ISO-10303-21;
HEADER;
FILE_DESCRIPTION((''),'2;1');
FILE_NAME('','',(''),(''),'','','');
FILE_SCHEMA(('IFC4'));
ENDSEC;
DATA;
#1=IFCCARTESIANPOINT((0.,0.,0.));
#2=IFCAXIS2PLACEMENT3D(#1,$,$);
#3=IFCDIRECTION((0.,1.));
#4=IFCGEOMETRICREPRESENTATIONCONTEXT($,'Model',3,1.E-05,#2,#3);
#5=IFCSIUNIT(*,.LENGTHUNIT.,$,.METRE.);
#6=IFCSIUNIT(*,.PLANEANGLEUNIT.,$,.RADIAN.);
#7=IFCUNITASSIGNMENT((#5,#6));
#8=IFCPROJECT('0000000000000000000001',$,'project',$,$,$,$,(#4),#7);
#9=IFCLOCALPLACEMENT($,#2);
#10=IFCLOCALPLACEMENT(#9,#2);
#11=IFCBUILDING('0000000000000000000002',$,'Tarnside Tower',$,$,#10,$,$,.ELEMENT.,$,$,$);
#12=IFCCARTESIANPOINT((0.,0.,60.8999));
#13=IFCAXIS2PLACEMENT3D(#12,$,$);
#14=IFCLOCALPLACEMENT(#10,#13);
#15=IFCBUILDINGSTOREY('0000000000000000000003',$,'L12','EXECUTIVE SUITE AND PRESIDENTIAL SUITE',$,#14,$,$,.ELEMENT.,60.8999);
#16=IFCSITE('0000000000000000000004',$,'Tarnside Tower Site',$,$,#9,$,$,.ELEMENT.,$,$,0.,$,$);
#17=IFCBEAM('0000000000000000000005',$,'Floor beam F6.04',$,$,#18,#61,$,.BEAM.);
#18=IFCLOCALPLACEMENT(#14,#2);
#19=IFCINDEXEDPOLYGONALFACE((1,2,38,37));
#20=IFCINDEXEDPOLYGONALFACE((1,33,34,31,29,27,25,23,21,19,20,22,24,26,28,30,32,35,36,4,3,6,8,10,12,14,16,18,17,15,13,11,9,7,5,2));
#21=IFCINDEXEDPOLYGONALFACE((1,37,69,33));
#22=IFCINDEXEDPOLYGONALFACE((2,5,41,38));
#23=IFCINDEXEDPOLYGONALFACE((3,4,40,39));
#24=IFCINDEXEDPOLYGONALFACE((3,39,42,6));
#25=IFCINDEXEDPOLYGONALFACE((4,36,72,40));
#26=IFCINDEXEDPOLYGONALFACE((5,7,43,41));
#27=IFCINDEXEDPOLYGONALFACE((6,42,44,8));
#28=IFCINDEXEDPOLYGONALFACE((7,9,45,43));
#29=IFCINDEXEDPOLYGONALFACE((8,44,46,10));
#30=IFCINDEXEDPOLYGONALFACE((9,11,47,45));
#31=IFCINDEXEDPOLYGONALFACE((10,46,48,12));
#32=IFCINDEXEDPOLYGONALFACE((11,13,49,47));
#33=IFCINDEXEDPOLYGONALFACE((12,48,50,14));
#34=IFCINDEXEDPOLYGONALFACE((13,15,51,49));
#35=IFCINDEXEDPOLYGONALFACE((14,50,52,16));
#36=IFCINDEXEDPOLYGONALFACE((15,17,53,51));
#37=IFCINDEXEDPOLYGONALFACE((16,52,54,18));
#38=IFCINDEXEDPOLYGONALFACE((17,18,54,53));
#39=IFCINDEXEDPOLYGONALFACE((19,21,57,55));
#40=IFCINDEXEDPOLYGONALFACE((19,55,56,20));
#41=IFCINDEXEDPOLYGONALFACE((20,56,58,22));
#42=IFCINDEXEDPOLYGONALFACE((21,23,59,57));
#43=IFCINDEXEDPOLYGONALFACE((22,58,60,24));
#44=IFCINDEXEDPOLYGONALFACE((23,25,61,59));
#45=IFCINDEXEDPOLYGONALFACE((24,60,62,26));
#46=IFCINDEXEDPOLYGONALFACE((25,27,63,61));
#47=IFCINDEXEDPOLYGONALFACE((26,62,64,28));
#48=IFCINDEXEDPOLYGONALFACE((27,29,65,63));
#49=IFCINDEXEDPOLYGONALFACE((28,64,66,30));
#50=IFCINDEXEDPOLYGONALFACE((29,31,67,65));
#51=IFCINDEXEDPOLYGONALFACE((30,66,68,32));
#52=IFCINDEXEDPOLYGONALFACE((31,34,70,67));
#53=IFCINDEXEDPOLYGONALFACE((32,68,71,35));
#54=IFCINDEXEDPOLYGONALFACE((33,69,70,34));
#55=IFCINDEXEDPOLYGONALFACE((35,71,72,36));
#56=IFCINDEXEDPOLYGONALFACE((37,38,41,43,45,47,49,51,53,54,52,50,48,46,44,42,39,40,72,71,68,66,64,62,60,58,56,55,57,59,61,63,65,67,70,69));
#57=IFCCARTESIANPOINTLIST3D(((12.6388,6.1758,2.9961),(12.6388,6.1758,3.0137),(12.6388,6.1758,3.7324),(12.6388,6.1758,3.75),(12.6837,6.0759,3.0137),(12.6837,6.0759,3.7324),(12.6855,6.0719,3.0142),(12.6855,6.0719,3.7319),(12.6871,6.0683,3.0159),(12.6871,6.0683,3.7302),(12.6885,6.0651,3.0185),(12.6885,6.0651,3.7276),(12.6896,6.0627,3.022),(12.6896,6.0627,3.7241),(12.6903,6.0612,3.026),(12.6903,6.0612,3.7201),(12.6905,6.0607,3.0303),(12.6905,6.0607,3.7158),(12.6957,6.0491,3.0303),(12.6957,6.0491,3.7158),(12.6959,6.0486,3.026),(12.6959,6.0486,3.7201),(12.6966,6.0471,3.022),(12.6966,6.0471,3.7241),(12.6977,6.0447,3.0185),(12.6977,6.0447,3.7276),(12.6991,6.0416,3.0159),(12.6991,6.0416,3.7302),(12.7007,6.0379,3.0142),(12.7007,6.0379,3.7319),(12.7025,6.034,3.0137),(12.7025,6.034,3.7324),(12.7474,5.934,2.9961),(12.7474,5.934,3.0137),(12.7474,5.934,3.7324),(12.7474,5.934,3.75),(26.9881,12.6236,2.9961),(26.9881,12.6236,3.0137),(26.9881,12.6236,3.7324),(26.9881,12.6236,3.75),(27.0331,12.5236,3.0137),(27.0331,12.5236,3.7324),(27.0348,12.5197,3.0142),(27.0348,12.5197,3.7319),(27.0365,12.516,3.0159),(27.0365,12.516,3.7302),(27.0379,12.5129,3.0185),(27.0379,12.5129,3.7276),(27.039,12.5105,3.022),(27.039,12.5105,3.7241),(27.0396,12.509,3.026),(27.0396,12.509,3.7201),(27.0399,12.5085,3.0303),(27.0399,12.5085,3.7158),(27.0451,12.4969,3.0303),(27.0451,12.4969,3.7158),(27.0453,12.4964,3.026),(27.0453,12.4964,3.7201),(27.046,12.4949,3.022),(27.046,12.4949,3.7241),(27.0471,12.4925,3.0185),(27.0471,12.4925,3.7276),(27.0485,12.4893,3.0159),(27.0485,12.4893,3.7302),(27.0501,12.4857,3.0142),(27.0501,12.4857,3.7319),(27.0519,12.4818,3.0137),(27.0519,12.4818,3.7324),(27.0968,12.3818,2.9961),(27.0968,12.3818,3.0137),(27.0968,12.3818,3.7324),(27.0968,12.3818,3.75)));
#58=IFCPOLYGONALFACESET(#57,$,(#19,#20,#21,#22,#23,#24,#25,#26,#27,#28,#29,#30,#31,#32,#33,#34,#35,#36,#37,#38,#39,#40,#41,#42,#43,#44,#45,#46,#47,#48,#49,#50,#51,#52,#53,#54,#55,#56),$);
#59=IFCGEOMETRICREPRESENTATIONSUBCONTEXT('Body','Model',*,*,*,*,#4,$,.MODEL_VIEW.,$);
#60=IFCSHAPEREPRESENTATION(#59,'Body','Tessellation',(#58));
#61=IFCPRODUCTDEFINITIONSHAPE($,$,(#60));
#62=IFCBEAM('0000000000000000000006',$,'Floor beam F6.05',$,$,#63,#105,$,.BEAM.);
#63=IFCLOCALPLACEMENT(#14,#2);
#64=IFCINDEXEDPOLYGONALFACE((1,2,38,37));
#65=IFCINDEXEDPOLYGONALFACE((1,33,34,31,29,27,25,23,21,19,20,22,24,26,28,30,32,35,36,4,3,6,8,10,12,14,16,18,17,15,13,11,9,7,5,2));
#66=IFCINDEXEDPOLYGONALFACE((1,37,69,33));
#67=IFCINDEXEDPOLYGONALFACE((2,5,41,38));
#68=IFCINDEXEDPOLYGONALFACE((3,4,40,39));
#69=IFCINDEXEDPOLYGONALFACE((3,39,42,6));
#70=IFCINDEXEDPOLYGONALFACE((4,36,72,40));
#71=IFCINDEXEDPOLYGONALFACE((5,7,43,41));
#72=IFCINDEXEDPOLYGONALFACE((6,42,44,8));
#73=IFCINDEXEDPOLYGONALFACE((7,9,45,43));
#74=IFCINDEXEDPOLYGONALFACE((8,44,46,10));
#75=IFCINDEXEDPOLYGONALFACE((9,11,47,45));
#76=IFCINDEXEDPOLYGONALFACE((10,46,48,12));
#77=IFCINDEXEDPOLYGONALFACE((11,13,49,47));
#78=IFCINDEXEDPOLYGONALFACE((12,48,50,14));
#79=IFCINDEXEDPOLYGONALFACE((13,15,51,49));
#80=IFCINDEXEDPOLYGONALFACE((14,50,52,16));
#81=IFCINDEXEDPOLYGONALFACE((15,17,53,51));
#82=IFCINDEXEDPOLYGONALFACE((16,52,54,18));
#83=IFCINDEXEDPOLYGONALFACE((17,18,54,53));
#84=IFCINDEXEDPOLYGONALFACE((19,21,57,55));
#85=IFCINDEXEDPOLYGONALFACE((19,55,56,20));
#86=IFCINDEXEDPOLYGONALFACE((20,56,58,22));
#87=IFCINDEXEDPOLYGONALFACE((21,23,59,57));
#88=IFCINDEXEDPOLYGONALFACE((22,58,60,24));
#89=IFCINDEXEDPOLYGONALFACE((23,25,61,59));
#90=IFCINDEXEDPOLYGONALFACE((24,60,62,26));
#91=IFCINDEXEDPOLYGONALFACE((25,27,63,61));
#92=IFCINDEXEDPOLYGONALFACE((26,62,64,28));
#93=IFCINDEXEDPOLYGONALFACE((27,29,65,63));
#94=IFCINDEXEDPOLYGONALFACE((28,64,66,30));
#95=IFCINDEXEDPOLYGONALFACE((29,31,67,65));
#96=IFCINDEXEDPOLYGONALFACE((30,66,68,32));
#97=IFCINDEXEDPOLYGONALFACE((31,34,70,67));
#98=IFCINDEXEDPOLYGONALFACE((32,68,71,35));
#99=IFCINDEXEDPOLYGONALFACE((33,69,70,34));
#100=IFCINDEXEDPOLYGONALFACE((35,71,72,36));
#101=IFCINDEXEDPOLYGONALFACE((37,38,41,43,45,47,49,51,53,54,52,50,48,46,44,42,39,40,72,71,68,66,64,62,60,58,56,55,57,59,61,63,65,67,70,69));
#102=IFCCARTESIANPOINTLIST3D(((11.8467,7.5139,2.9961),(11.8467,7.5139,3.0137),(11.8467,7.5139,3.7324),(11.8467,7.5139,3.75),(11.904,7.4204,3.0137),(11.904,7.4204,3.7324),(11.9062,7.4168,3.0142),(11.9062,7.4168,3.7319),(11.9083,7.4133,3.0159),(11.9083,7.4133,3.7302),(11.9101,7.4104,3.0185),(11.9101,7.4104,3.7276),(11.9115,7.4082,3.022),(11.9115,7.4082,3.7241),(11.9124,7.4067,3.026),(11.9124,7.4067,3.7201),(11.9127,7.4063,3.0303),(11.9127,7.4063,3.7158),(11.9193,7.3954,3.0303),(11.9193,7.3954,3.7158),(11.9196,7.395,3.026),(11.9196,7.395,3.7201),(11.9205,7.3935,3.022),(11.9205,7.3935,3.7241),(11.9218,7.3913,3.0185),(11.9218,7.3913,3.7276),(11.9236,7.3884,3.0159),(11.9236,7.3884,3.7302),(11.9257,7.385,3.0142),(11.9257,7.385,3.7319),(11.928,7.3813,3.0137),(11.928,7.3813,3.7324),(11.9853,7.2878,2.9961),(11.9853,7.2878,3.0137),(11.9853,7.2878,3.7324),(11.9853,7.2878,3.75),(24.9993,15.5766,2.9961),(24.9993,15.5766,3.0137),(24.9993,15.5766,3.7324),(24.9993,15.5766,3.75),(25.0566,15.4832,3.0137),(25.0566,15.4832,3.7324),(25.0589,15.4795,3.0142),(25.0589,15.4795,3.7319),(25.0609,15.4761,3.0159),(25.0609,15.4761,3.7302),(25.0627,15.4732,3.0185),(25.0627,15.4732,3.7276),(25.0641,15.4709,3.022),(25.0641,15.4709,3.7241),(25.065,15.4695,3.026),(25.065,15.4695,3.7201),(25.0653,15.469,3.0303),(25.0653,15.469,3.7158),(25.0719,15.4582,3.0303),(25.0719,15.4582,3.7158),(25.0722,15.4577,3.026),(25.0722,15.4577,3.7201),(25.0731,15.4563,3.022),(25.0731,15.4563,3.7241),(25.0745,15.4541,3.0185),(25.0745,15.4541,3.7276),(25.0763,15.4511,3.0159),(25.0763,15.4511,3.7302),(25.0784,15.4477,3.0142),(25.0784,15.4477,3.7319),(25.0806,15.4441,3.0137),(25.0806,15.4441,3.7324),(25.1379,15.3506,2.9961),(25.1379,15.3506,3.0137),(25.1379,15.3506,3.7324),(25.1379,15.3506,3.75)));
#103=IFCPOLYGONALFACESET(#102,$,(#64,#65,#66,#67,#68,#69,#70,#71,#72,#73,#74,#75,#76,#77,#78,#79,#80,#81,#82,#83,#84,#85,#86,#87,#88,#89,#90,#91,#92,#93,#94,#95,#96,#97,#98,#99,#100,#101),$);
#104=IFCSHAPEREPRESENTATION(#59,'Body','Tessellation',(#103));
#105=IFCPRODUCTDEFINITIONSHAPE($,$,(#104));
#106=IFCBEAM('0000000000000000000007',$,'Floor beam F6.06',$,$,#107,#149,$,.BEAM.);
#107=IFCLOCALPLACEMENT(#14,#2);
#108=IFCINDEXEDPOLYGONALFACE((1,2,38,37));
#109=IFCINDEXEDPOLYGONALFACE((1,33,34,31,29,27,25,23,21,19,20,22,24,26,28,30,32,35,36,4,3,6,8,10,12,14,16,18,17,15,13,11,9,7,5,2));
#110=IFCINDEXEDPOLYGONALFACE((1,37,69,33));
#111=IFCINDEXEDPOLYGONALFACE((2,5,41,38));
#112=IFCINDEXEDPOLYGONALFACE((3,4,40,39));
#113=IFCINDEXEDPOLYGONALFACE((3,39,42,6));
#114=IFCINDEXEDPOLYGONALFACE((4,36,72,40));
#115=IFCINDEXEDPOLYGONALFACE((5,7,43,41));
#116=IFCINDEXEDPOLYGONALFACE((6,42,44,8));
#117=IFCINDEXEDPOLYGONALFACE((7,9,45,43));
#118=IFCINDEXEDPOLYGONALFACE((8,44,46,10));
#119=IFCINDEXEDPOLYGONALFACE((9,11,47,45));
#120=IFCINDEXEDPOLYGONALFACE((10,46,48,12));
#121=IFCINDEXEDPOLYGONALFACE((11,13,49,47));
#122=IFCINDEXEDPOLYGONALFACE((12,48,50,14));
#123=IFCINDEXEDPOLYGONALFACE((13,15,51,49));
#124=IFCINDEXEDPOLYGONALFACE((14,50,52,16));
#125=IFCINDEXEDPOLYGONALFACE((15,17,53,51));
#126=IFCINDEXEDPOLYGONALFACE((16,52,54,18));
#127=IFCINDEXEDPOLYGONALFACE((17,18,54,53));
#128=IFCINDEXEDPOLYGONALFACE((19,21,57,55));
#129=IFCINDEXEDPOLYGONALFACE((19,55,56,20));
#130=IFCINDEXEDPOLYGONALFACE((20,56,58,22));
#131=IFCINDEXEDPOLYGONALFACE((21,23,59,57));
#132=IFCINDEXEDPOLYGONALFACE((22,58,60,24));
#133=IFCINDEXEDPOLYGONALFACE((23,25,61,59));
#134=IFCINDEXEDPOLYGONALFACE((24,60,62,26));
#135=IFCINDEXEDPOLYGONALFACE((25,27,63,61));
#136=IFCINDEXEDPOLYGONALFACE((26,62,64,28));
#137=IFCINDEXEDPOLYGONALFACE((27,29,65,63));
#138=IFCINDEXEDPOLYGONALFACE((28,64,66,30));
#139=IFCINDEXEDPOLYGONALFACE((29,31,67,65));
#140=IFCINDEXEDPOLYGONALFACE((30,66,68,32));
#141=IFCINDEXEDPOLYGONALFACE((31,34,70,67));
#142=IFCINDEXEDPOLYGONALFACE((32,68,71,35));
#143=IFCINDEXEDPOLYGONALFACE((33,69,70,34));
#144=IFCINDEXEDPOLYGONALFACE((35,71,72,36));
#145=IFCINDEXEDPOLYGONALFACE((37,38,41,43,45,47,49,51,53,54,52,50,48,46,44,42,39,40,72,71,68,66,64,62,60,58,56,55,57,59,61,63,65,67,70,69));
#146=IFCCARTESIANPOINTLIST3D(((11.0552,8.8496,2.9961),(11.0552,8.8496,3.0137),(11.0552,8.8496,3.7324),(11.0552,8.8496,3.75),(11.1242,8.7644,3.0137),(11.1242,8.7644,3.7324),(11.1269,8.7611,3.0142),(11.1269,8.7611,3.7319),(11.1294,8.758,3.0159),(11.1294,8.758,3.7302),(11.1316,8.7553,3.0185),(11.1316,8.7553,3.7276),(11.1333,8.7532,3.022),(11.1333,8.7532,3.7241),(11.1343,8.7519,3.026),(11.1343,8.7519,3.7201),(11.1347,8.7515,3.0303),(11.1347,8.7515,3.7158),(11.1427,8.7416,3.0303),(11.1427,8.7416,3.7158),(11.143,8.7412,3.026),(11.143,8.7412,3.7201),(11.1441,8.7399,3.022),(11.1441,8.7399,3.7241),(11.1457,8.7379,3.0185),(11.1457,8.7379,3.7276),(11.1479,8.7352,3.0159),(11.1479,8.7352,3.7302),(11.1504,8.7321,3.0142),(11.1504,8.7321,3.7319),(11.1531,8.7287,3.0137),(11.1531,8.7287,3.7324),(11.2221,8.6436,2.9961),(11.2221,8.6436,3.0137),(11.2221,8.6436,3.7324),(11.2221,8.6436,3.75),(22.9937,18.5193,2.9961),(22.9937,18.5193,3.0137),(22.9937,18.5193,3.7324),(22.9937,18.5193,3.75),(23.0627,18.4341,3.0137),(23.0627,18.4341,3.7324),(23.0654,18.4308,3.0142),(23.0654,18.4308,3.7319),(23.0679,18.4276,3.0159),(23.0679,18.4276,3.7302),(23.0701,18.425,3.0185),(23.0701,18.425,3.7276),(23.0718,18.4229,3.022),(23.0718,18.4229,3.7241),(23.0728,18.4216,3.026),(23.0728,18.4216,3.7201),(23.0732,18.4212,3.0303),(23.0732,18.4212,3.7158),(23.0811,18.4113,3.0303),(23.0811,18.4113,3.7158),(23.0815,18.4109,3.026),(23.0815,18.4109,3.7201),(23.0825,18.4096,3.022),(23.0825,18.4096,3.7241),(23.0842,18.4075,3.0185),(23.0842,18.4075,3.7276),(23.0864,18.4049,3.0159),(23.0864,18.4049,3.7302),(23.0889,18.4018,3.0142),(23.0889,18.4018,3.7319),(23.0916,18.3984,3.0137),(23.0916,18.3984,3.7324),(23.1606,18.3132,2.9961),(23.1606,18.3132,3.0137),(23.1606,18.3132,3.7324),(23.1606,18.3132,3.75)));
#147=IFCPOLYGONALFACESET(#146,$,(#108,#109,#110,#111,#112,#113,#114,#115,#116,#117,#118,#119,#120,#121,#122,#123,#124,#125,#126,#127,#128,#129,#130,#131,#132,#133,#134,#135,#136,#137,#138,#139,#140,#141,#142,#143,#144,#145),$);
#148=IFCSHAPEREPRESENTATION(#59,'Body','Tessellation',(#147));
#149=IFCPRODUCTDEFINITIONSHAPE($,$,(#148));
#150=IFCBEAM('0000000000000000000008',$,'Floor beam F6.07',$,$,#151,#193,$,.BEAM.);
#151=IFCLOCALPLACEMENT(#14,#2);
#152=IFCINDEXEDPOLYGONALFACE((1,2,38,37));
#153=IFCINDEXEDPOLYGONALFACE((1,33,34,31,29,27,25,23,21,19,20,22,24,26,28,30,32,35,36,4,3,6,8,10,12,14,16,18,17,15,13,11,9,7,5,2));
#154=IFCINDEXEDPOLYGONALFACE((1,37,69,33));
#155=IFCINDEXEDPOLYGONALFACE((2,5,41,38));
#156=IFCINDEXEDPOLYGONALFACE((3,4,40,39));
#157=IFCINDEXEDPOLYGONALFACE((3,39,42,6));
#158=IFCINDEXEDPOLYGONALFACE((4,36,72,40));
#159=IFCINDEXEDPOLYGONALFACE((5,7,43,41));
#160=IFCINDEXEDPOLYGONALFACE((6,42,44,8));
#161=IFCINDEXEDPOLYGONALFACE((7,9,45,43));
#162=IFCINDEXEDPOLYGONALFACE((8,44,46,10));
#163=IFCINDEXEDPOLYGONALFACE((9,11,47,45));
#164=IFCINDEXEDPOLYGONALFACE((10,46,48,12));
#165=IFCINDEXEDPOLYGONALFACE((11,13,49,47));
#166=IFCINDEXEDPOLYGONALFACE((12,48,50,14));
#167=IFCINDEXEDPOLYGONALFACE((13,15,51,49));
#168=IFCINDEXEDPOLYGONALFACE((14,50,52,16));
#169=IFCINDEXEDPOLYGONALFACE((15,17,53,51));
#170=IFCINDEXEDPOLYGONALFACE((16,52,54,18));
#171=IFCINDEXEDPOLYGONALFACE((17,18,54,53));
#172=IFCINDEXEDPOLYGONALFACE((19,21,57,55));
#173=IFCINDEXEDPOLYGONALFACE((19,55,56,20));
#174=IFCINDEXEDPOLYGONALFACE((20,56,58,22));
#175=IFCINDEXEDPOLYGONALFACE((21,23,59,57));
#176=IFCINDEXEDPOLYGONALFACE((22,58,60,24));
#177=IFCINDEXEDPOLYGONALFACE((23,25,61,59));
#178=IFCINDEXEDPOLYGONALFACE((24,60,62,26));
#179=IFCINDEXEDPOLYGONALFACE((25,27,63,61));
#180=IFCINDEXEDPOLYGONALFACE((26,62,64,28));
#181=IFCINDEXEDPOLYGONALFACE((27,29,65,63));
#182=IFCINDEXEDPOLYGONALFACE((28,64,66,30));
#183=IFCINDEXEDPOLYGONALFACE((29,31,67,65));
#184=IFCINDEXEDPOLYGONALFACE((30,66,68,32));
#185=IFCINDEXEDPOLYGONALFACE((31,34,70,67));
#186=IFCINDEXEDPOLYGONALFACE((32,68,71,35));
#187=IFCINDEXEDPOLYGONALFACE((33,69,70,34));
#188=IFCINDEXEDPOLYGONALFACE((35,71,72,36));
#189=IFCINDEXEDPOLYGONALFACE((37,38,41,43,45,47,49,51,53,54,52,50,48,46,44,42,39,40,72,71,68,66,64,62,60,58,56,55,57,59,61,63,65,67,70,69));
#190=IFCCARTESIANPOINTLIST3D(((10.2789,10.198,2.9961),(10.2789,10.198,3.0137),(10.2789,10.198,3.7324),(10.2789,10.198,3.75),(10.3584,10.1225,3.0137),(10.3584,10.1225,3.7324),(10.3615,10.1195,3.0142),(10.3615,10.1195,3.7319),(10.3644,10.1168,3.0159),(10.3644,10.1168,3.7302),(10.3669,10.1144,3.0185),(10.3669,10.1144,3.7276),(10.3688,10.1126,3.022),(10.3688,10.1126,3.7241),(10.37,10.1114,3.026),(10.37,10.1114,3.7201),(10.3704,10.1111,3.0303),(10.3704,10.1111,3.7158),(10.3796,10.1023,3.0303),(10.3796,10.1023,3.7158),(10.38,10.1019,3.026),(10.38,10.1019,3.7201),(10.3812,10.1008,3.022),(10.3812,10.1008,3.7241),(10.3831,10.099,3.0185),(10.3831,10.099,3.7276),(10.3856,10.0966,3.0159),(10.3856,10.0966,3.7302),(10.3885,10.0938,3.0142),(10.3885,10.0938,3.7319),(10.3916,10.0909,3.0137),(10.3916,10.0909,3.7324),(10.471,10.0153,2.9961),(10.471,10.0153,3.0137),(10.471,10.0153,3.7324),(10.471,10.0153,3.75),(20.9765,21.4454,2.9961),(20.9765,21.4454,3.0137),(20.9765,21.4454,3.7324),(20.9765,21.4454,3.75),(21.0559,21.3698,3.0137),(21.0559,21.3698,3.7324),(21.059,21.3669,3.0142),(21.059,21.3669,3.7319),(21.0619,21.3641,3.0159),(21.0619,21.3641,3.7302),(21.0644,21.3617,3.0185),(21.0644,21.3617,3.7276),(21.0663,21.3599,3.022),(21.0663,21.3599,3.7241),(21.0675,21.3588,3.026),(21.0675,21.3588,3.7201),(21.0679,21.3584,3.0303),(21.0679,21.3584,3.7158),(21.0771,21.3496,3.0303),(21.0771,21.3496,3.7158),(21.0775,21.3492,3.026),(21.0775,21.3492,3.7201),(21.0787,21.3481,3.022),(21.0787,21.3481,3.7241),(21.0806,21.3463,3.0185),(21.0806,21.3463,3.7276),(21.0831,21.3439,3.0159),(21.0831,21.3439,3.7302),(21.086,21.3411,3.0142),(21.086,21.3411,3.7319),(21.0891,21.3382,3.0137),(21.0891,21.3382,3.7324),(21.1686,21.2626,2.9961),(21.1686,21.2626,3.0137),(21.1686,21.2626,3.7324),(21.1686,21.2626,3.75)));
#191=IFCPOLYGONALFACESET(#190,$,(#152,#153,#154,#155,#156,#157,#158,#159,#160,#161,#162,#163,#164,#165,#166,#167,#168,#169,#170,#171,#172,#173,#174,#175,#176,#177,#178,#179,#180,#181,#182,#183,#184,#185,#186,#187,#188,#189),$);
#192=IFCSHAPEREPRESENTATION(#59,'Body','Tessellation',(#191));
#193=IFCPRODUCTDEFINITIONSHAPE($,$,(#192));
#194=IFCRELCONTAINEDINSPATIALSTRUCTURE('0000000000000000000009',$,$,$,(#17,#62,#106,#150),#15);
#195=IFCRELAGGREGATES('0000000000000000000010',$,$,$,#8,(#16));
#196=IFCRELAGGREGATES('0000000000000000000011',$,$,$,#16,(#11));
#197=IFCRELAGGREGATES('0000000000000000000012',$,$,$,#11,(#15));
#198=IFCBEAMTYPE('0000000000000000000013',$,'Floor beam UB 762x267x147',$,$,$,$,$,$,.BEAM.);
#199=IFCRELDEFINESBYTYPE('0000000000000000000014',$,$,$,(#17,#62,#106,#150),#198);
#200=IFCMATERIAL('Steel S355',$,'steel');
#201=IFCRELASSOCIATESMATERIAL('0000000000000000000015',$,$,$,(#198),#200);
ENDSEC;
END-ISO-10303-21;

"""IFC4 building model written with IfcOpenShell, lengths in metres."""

from ifc_helpers import new_model, si_unit, direction, frame, origin, origin_2d, place, context, subcontext, project, spatial, i_section, extrude, material, material_profile, profile_set, type_object, element, save


model = new_model("IFC4")

# Units and contexts
model_context = context("Model", 3, precision=1e-05, world=origin(), true_north=direction((0.0, 1.0)))
body_context = subcontext(model_context, "Body", "Model", "MODEL_VIEW")
ifc_project = project(units=[si_unit("LENGTHUNIT", "METRE"), si_unit("PLANEANGLEUNIT", "RADIAN")], contexts=[model_context])

# Site, building, storey
site_placement = place(None, origin())
site = spatial("IfcSite", under=ifc_project, at=site_placement, Name="Tarnside Tower Site", CompositionType="ELEMENT", RefElevation=0.0)
building_placement = place(site_placement, origin())
building = spatial("IfcBuilding", under=site, at=building_placement, Name="Tarnside Tower", CompositionType="ELEMENT")
storey_placement = place(building_placement, frame((0.0, 0.0, 60.8999)))
storey = spatial("IfcBuildingStorey", under=building, at=storey_placement, Name="L12", Description="EXECUTIVE SUITE AND PRESIDENTIAL SUITE", CompositionType="ELEMENT", Elevation=60.8999)

# Beams
ifc_material_1 = material(Name="Steel S355", Category="steel")
ifc_material_profile_1 = material_profile(ifc_material_1, i_section(OverallWidth=0.2651, OverallDepth=0.7539, WebThickness=0.0127, FlangeThickness=0.0176, FilletRadius=0.0166, at=origin_2d()), Name="UB 762x267x147")
ifc_profile_set_1 = profile_set([ifc_material_profile_1], Name="Steel S355")
beam_type_1 = type_object("IfcBeamType", Name="Floor beam UB 762x267x147", PredefinedType="BEAM", material=ifc_profile_set_1)
beam_1_placement = place(storey_placement, frame((27.0425, 12.5027, 3.373), z_axis=(-0.912146, -0.409865, 0.0), x_axis=(0.409865, -0.912146, 0.0)))
element("IfcBeam", 1, at=beam_1_placement, inside=storey, type_object=beam_type_1, Name="Floor beam F6.04", PredefinedType="BEAM", context=body_context, shape_type="SweptSolid", body=[
    extrude(i_section(OverallWidth=0.2651, OverallDepth=0.7539, WebThickness=0.0127, FlangeThickness=0.0176, FilletRadius=0.0166, at=origin_2d()), origin(), (0.0, 0.0, 1.0), 15.7314),
])
beam_2_placement = place(storey_placement, frame((25.0686, 15.4636, 3.373), z_axis=(-0.852558, -0.522632, 0.0), x_axis=(0.522632, -0.852558, 0.0)))
element("IfcBeam", 2, at=beam_2_placement, inside=storey, type_object=beam_type_1, Name="Floor beam F6.05", PredefinedType="BEAM", context=body_context, shape_type="SweptSolid", body=[
    extrude(i_section(OverallWidth=0.2651, OverallDepth=0.7539, WebThickness=0.0127, FlangeThickness=0.0176, FilletRadius=0.0166, at=origin_2d()), origin(), (0.0, 0.0, 1.0), 15.4272),
])
beam_3_placement = place(storey_placement, frame((23.0771, 18.4163, 3.373), z_axis=(-0.777079, -0.629403, 0.0), x_axis=(0.629403, -0.777079, 0.0)))
element("IfcBeam", 3, at=beam_3_placement, inside=storey, type_object=beam_type_1, Name="Floor beam F6.06", PredefinedType="BEAM", context=body_context, shape_type="SweptSolid", body=[
    extrude(i_section(OverallWidth=0.2651, OverallDepth=0.7539, WebThickness=0.0127, FlangeThickness=0.0176, FilletRadius=0.0166, at=origin_2d()), origin(), (0.0, 0.0, 1.0), 15.3633),
])
beam_4_placement = place(storey_placement, frame((21.0725, 21.354, 3.373), z_axis=(-0.689175, -0.724595, 0.0), x_axis=(0.724595, -0.689175, 0.0)))
element("IfcBeam", 4, at=beam_4_placement, inside=storey, type_object=beam_type_1, Name="Floor beam F6.07", PredefinedType="BEAM", context=body_context, shape_type="SweptSolid", body=[
    extrude(i_section(OverallWidth=0.2651, OverallDepth=0.7539, WebThickness=0.0127, FlangeThickness=0.0176, FilletRadius=0.0166, at=origin_2d()), origin(), (0.0, 0.0, 1.0), 15.5222),
])

save(model, "model.ifc")
